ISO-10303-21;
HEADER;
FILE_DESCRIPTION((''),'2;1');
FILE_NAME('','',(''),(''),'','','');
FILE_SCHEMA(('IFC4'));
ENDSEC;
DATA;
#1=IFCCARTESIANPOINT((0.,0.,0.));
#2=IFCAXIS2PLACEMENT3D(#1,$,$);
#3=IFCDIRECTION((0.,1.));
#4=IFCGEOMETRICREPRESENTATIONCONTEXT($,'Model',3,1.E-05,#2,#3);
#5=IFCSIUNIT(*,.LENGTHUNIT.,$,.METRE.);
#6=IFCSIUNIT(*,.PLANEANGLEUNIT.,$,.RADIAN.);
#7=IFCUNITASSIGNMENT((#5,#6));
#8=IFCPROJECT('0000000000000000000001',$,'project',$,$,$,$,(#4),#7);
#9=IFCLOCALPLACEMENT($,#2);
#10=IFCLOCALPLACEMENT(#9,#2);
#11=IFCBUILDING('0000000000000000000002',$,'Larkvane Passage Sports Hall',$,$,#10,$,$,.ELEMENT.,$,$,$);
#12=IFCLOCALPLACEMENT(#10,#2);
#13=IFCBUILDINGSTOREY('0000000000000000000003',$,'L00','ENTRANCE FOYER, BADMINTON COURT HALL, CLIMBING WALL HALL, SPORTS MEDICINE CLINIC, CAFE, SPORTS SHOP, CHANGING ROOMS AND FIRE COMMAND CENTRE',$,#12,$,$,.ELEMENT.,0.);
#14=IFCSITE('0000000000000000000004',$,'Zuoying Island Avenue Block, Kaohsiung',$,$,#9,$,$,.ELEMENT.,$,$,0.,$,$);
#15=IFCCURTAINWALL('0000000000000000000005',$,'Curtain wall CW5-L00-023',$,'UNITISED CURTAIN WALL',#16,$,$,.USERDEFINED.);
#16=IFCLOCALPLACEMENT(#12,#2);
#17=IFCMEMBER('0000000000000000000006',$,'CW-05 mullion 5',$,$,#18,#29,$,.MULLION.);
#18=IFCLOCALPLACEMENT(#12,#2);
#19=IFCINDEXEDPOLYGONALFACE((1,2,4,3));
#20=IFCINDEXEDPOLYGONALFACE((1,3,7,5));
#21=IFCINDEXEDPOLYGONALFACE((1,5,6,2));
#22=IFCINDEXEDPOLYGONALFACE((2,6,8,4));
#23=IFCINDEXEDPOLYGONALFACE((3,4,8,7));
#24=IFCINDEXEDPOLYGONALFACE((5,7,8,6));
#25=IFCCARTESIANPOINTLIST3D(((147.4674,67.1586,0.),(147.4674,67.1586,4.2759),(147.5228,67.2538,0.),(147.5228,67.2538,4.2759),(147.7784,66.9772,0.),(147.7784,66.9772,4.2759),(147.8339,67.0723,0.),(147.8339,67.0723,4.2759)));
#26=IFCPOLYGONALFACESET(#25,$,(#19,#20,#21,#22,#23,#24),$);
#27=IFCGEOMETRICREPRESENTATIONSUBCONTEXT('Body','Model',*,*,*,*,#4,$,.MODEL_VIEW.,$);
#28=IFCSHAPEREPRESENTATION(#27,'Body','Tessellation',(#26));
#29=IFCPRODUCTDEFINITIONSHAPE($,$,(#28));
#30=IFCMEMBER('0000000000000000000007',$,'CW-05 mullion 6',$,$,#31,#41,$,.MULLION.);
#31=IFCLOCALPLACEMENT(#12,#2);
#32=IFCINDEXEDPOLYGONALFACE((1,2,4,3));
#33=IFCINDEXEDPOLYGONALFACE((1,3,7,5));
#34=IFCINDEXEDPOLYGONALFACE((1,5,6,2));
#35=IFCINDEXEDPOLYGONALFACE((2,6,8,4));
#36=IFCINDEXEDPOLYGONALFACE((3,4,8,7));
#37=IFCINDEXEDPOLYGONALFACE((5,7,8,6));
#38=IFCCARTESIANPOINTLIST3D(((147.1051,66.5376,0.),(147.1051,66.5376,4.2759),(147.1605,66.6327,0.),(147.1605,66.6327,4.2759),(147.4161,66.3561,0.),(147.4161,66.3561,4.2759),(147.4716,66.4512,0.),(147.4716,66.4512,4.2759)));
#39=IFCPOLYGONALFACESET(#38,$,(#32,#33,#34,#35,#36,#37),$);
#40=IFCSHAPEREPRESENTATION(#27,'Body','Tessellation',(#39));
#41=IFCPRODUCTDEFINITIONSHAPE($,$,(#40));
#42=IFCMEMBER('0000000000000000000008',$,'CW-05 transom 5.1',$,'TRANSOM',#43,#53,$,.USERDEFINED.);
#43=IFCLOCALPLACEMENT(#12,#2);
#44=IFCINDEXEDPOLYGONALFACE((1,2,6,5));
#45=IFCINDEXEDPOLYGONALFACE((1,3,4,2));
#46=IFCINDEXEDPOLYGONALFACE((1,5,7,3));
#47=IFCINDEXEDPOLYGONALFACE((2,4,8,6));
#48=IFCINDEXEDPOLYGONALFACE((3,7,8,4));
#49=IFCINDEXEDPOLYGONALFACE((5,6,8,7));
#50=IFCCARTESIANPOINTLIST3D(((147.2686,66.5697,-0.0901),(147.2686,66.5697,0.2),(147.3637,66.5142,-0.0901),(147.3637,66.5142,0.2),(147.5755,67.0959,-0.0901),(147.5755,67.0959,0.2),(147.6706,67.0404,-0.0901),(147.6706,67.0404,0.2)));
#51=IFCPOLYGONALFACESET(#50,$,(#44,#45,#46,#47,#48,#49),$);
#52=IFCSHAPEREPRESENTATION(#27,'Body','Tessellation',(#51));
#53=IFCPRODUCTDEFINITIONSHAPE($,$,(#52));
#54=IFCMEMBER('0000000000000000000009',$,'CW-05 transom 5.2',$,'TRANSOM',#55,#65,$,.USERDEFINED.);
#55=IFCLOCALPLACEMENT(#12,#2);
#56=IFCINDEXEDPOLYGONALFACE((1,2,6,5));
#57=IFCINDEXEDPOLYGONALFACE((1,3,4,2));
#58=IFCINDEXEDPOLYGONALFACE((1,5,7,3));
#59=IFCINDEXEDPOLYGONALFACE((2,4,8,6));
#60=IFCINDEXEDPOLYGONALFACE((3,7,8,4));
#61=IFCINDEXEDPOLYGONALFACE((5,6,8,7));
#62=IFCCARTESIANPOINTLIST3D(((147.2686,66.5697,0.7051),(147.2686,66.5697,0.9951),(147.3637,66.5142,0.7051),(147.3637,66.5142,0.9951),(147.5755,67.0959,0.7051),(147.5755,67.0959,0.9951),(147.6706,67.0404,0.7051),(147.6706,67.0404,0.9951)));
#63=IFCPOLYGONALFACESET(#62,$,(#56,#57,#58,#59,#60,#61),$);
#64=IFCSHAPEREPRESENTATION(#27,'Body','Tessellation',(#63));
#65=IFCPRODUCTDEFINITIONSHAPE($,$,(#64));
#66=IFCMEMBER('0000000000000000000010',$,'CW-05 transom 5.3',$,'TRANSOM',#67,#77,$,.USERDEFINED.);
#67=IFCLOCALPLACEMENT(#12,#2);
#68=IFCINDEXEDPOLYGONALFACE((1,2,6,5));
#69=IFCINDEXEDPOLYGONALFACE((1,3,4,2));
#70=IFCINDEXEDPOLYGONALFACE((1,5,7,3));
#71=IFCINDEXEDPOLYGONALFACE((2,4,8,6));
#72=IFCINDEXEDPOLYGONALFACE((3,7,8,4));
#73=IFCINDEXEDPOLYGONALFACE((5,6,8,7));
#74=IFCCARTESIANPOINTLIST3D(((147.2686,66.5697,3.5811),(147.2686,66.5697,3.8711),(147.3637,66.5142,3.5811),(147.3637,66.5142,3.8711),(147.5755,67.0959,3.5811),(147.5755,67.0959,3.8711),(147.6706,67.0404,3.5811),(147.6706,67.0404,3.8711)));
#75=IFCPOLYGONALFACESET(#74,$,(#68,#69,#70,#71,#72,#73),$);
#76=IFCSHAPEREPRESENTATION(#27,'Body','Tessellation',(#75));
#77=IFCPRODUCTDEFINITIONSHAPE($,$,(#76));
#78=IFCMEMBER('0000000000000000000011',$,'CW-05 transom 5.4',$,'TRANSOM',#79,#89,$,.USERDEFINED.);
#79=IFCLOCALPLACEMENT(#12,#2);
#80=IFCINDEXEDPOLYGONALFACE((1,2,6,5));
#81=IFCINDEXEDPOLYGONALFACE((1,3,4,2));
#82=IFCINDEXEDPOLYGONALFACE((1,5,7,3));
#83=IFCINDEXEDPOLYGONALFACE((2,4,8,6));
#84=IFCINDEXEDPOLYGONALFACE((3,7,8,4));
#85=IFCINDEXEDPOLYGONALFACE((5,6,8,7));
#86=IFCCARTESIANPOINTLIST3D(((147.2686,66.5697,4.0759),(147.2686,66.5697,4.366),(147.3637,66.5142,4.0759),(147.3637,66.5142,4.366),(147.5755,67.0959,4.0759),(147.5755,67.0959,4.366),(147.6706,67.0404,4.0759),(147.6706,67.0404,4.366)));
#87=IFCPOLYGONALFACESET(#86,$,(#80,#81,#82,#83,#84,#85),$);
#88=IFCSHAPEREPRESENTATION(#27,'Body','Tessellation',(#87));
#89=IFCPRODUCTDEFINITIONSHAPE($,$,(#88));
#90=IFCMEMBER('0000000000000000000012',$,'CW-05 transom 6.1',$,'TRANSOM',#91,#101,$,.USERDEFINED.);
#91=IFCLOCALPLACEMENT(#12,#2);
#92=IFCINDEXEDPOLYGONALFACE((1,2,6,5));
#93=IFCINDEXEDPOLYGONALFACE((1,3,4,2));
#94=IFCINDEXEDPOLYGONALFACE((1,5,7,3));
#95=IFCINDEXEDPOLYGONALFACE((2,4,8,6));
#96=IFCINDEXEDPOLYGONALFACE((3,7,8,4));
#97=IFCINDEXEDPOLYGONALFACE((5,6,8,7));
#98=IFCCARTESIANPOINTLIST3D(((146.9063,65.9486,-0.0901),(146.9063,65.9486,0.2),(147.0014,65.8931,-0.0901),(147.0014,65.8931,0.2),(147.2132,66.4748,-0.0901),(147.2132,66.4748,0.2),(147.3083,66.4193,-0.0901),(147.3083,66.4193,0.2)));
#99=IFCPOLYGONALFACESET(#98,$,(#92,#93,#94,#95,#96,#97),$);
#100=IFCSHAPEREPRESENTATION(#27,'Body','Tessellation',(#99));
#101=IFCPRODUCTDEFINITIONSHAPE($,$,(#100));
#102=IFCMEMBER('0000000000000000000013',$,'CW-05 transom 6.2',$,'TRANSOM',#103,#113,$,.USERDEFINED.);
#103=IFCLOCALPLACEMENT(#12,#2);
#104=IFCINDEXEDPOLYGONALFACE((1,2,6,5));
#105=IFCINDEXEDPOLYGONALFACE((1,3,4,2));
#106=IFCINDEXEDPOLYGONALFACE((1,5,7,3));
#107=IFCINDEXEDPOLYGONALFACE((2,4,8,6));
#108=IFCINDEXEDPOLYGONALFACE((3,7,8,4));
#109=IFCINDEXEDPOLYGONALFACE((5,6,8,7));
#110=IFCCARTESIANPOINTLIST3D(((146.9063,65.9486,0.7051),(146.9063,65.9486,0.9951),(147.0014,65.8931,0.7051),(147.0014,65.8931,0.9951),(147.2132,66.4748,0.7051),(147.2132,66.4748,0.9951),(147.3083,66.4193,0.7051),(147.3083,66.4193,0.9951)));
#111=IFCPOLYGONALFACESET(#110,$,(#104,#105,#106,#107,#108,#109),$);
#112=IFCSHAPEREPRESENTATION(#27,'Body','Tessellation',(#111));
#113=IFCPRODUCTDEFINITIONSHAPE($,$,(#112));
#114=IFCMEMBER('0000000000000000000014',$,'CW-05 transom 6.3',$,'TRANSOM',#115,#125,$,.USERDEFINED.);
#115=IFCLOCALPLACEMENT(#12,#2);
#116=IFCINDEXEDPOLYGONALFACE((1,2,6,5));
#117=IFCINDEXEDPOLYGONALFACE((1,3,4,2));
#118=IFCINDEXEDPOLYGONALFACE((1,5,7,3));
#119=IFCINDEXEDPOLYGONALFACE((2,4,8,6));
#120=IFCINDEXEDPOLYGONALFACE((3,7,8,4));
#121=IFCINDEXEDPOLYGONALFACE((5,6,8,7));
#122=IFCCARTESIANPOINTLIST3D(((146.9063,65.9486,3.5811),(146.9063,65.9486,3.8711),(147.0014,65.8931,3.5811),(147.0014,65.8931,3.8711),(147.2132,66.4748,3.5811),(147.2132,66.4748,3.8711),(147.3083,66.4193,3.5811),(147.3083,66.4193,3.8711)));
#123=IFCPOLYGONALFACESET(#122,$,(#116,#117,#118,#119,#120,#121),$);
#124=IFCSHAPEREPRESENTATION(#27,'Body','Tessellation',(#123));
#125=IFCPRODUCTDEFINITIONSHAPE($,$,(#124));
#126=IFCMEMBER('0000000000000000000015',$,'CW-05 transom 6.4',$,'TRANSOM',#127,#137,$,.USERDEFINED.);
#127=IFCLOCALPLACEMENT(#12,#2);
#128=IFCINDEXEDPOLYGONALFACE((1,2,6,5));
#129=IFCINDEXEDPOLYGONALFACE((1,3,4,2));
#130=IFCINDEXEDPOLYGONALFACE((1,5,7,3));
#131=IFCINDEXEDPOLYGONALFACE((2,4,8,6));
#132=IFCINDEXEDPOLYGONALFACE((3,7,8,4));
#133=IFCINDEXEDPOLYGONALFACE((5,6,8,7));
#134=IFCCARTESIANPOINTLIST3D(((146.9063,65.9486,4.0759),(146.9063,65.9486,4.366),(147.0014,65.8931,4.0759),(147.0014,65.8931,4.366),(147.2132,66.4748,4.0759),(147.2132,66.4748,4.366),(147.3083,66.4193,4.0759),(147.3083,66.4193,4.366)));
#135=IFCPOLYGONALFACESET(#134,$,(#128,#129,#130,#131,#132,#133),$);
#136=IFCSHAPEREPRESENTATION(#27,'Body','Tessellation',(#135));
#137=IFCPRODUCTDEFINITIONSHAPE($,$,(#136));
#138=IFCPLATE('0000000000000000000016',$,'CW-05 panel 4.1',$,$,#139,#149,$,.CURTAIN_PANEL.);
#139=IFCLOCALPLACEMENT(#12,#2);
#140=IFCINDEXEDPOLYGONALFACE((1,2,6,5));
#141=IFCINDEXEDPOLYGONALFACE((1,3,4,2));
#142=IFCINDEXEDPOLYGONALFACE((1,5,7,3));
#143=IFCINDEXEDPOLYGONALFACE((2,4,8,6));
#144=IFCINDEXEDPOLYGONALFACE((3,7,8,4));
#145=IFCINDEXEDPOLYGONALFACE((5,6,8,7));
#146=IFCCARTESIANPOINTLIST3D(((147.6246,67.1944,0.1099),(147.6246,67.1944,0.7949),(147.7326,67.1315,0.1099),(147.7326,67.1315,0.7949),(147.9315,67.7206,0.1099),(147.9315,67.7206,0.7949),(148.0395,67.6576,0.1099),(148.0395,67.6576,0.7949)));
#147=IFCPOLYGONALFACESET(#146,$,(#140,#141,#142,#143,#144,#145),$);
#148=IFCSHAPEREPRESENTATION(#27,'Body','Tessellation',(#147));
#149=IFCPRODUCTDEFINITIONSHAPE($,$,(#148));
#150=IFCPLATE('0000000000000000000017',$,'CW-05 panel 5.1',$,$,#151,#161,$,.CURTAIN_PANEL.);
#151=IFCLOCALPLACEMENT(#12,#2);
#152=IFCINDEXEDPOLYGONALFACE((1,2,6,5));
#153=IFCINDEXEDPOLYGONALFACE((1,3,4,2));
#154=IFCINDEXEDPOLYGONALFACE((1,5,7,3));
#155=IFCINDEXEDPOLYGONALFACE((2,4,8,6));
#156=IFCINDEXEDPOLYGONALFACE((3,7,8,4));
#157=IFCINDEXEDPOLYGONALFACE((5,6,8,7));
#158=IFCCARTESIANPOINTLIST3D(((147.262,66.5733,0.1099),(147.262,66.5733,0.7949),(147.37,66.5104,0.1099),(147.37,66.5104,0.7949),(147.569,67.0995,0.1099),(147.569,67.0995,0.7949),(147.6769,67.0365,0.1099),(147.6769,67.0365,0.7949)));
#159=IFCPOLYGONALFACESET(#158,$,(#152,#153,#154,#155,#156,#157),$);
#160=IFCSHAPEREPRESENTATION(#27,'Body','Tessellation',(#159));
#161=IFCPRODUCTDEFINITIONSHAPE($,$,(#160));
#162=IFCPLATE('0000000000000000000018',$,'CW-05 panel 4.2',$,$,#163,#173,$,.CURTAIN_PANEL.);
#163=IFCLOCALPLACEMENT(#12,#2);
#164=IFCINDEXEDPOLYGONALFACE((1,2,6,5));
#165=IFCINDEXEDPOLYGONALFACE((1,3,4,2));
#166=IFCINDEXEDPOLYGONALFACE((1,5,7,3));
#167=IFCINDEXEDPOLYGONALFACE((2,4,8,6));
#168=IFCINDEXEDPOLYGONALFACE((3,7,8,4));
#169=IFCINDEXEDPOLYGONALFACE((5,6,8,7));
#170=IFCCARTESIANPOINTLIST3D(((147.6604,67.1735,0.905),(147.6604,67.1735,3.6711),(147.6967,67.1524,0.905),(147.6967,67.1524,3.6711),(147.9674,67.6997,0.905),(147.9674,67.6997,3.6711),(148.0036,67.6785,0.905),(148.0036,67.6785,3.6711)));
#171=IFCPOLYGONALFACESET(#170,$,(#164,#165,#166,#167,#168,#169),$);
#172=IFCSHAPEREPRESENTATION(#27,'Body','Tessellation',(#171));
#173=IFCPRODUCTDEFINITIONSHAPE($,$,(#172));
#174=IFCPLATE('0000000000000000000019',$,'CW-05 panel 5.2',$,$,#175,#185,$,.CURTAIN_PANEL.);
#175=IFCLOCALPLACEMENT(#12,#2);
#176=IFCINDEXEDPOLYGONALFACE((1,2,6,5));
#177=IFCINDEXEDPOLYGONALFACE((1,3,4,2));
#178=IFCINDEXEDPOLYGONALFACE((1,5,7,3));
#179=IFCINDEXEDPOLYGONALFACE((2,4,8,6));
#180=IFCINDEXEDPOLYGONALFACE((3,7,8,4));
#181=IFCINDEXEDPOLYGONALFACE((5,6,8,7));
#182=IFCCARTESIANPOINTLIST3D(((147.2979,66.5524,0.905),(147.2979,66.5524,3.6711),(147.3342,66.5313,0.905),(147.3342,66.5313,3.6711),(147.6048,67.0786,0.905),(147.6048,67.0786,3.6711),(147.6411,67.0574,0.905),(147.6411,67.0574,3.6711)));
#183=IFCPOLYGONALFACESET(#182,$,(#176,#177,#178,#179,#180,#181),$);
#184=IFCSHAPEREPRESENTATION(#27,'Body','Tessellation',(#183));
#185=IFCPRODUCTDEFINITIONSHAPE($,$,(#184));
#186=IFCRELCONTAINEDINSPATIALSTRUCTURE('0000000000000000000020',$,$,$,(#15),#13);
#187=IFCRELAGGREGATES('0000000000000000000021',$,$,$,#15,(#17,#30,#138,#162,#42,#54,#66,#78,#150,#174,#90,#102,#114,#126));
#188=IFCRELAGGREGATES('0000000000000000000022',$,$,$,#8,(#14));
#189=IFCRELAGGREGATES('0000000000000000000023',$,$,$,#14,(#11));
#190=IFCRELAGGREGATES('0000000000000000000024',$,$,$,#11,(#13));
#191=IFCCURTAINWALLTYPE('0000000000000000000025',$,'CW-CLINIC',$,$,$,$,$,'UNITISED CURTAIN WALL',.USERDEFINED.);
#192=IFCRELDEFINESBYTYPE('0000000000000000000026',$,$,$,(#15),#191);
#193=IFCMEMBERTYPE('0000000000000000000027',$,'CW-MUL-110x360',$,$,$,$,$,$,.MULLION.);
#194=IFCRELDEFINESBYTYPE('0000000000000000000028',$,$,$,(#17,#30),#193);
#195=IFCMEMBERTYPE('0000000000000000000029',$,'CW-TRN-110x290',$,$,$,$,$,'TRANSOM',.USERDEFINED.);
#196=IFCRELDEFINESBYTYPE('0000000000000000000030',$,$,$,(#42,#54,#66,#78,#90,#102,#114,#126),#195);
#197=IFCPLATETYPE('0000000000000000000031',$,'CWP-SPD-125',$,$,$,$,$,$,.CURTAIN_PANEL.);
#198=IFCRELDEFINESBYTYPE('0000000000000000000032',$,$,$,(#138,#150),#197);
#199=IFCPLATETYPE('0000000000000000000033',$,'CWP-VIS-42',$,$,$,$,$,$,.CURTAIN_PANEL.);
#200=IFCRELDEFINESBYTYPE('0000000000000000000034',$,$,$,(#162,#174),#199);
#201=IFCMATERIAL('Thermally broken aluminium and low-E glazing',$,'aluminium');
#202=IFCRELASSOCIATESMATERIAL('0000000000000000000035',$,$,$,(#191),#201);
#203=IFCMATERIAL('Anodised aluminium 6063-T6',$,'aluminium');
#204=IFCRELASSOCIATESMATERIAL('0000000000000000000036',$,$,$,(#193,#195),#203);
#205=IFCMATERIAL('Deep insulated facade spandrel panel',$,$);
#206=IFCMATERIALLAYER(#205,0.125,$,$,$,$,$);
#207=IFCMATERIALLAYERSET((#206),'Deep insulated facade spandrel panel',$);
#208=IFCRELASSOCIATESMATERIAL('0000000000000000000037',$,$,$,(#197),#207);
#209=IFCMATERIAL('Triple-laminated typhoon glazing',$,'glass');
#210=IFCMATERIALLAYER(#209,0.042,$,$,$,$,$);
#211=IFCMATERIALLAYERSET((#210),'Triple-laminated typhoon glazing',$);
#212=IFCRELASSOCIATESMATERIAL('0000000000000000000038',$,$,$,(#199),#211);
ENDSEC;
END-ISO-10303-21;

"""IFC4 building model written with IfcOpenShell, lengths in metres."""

from ifc_helpers import new_model, si_unit, direction, frame, origin, origin_2d, place, context, subcontext, project, spatial, rectangle, extrude, material, layer, layer_set, material_profile, profile_set, type_object, element, aggregate, save


model = new_model("IFC4")

# Units and contexts
model_context = context("Model", 3, precision=1e-05, world=origin(), true_north=direction((0.0, 1.0)))
body_context = subcontext(model_context, "Body", "Model", "MODEL_VIEW")
ifc_project = project(units=[si_unit("LENGTHUNIT", "METRE"), si_unit("PLANEANGLEUNIT", "RADIAN")], contexts=[model_context])

# Site, building, storey
site_placement = place(None, origin())
site = spatial("IfcSite", under=ifc_project, at=site_placement, Name="Zuoying Island Avenue Block, Kaohsiung", CompositionType="ELEMENT", RefElevation=0.0)
building_placement = place(site_placement, origin())
building = spatial("IfcBuilding", under=site, at=building_placement, Name="Larkvane Passage Sports Hall", CompositionType="ELEMENT")
storey_placement = place(building_placement, origin())
storey = spatial("IfcBuildingStorey", under=building, at=storey_placement, Name="L00", Description="ENTRANCE FOYER, BADMINTON COURT HALL, CLIMBING WALL HALL, SPORTS MEDICINE CLINIC, CAFE, SPORTS SHOP, CHANGING ROOMS AND FIRE COMMAND CENTRE", CompositionType="ELEMENT", Elevation=0.0)

# Curtain wall, members, plates
ifc_material_1 = material(Name="Thermally broken aluminium and low-E glazing", Category="aluminium")
curtain_wall_type = type_object("IfcCurtainWallType", Name="CW-CLINIC", ElementType="UNITISED CURTAIN WALL", PredefinedType="USERDEFINED", material=ifc_material_1)
curtain_wall_placement = place(storey_placement, origin())
curtain_wall = element("IfcCurtainWall", 1, at=curtain_wall_placement, inside=storey, type_object=curtain_wall_type, Name="Curtain wall CW5-L00-023", ObjectType="UNITISED CURTAIN WALL", PredefinedType="USERDEFINED")
ifc_material_2 = material(Name="Anodised aluminium 6063-T6", Category="aluminium")
ifc_material_profile_1 = material_profile(ifc_material_2, rectangle(XDim=0.1101, YDim=0.3601, at=origin_2d()), Name="ALU-MUL-110x360")
ifc_profile_set_1 = profile_set([ifc_material_profile_1], Name="Anodised aluminium 6063-T6")
member_type_1 = type_object("IfcMemberType", Name="CW-MUL-110x360", PredefinedType="MULLION", material=ifc_profile_set_1)
member_1_placement = place(storey_placement, frame((147.6506, 67.1155, 0.0), z_axis=(0.0, 0.0, 1.0), x_axis=(-0.503867, -0.863781, 0.0)))
member_1 = element("IfcMember", 2, at=member_1_placement, type_object=member_type_1, Name="CW-05 mullion 5", PredefinedType="MULLION", context=body_context, shape_type="SweptSolid", body=[
    extrude(rectangle(XDim=0.1101, YDim=0.3601, at=origin_2d()), origin(), (0.0, 0.0, 1.0), 4.2759),
])
member_2_placement = place(storey_placement, frame((147.2883, 66.4944, 0.0), z_axis=(0.0, 0.0, 1.0), x_axis=(-0.503867, -0.863781, 0.0)))
member_2 = element("IfcMember", 3, at=member_2_placement, type_object=member_type_1, Name="CW-05 mullion 6", PredefinedType="MULLION", context=body_context, shape_type="SweptSolid", body=[
    extrude(rectangle(XDim=0.1101, YDim=0.3601, at=origin_2d()), origin(), (0.0, 0.0, 1.0), 4.2759),
])
ifc_material_profile_2 = material_profile(ifc_material_2, rectangle(XDim=0.1101, YDim=0.29, at=origin_2d()), Name="ALU-TRN-110x290")
ifc_profile_set_2 = profile_set([ifc_material_profile_2], Name="Anodised aluminium 6063-T6")
member_type_2 = type_object("IfcMemberType", Name="CW-TRN-110x290", ElementType="TRANSOM", PredefinedType="USERDEFINED", material=ifc_profile_set_2)
member_3_placement = place(storey_placement, frame((147.623, 67.0681, 0.0549), z_axis=(-0.503846, -0.863793, 0.0), x_axis=(0.863793, -0.503846, 0.0)))
member_3 = element("IfcMember", 4, at=member_3_placement, type_object=member_type_2, Name="CW-05 transom 5.1", ObjectType="TRANSOM", PredefinedType="USERDEFINED", context=body_context, shape_type="SweptSolid", body=[
    extrude(rectangle(XDim=0.1101, YDim=0.29, at=origin_2d()), origin(), (0.0, 0.0, 1.0), 0.6091),
])
member_4_placement = place(storey_placement, frame((147.623, 67.0681, 0.8501), z_axis=(-0.503846, -0.863793, 0.0), x_axis=(0.863793, -0.503846, 0.0)))
member_4 = element("IfcMember", 5, at=member_4_placement, type_object=member_type_2, Name="CW-05 transom 5.2", ObjectType="TRANSOM", PredefinedType="USERDEFINED", context=body_context, shape_type="SweptSolid", body=[
    extrude(rectangle(XDim=0.1101, YDim=0.29, at=origin_2d()), origin(), (0.0, 0.0, 1.0), 0.6091),
])
member_5_placement = place(storey_placement, frame((147.623, 67.0681, 3.7261), z_axis=(-0.503846, -0.863793, 0.0), x_axis=(0.863793, -0.503846, 0.0)))
member_5 = element("IfcMember", 6, at=member_5_placement, type_object=member_type_2, Name="CW-05 transom 5.3", ObjectType="TRANSOM", PredefinedType="USERDEFINED", context=body_context, shape_type="SweptSolid", body=[
    extrude(rectangle(XDim=0.1101, YDim=0.29, at=origin_2d()), origin(), (0.0, 0.0, 1.0), 0.6091),
])
member_6_placement = place(storey_placement, frame((147.623, 67.0681, 4.2209), z_axis=(-0.503846, -0.863793, 0.0), x_axis=(0.863793, -0.503846, 0.0)))
member_6 = element("IfcMember", 7, at=member_6_placement, type_object=member_type_2, Name="CW-05 transom 5.4", ObjectType="TRANSOM", PredefinedType="USERDEFINED", context=body_context, shape_type="SweptSolid", body=[
    extrude(rectangle(XDim=0.1101, YDim=0.29, at=origin_2d()), origin(), (0.0, 0.0, 1.0), 0.6091),
])
member_7_placement = place(storey_placement, frame((147.2607, 66.447, 0.0549), z_axis=(-0.503846, -0.863793, 0.0), x_axis=(0.863793, -0.503846, 0.0)))
member_7 = element("IfcMember", 8, at=member_7_placement, type_object=member_type_2, Name="CW-05 transom 6.1", ObjectType="TRANSOM", PredefinedType="USERDEFINED", context=body_context, shape_type="SweptSolid", body=[
    extrude(rectangle(XDim=0.1101, YDim=0.29, at=origin_2d()), origin(), (0.0, 0.0, 1.0), 0.6091),
])
member_8_placement = place(storey_placement, frame((147.2607, 66.447, 0.8501), z_axis=(-0.503846, -0.863793, 0.0), x_axis=(0.863793, -0.503846, 0.0)))
member_8 = element("IfcMember", 9, at=member_8_placement, type_object=member_type_2, Name="CW-05 transom 6.2", ObjectType="TRANSOM", PredefinedType="USERDEFINED", context=body_context, shape_type="SweptSolid", body=[
    extrude(rectangle(XDim=0.1101, YDim=0.29, at=origin_2d()), origin(), (0.0, 0.0, 1.0), 0.6091),
])
member_9_placement = place(storey_placement, frame((147.2607, 66.447, 3.7261), z_axis=(-0.503846, -0.863793, 0.0), x_axis=(0.863793, -0.503846, 0.0)))
member_9 = element("IfcMember", 10, at=member_9_placement, type_object=member_type_2, Name="CW-05 transom 6.3", ObjectType="TRANSOM", PredefinedType="USERDEFINED", context=body_context, shape_type="SweptSolid", body=[
    extrude(rectangle(XDim=0.1101, YDim=0.29, at=origin_2d()), origin(), (0.0, 0.0, 1.0), 0.6091),
])
member_10_placement = place(storey_placement, frame((147.2607, 66.447, 4.2209), z_axis=(-0.503846, -0.863793, 0.0), x_axis=(0.863793, -0.503846, 0.0)))
member_10 = element("IfcMember", 11, at=member_10_placement, type_object=member_type_2, Name="CW-05 transom 6.4", ObjectType="TRANSOM", PredefinedType="USERDEFINED", context=body_context, shape_type="SweptSolid", body=[
    extrude(rectangle(XDim=0.1101, YDim=0.29, at=origin_2d()), origin(), (0.0, 0.0, 1.0), 0.6091),
])
ifc_material_3 = material(Name="Deep insulated facade spandrel panel")
ifc_layer_1 = layer(ifc_material_3, 0.125)
ifc_layer_set_1 = layer_set([ifc_layer_1], Name="Deep insulated facade spandrel panel")
plate_type_1 = type_object("IfcPlateType", Name="CWP-SPD-125", PredefinedType="CURTAIN_PANEL", material=ifc_layer_set_1)
plate_1_placement = place(storey_placement, frame((147.832, 67.426, 0.1099), z_axis=(0.0, 0.0, 1.0), x_axis=(-0.503867, -0.863781, 0.0)))
plate_1 = element("IfcPlate", 12, at=plate_1_placement, type_object=plate_type_1, Name="CW-05 panel 4.1", PredefinedType="CURTAIN_PANEL", context=body_context, shape_type="SweptSolid", body=[
    extrude(rectangle(XDim=0.6091, YDim=0.125, at=origin_2d()), origin(), (0.0, 0.0, 1.0), 0.6851),
])
plate_2_placement = place(storey_placement, frame((147.4695, 66.8049, 0.1099), z_axis=(0.0, 0.0, 1.0), x_axis=(-0.503867, -0.863781, 0.0)))
plate_2 = element("IfcPlate", 13, at=plate_2_placement, type_object=plate_type_1, Name="CW-05 panel 5.1", PredefinedType="CURTAIN_PANEL", context=body_context, shape_type="SweptSolid", body=[
    extrude(rectangle(XDim=0.6091, YDim=0.125, at=origin_2d()), origin(), (0.0, 0.0, 1.0), 0.6851),
])
ifc_material_4 = material(Name="Triple-laminated typhoon glazing", Category="glass")
ifc_layer_2 = layer(ifc_material_4, 0.042)
ifc_layer_set_2 = layer_set([ifc_layer_2], Name="Triple-laminated typhoon glazing")
plate_type_2 = type_object("IfcPlateType", Name="CWP-VIS-42", PredefinedType="CURTAIN_PANEL", material=ifc_layer_set_2)
plate_3_placement = place(storey_placement, frame((147.832, 67.426, 0.905), z_axis=(0.0, 0.0, 1.0), x_axis=(-0.503867, -0.863781, 0.0)))
plate_3 = element("IfcPlate", 14, at=plate_3_placement, type_object=plate_type_2, Name="CW-05 panel 4.2", PredefinedType="CURTAIN_PANEL", context=body_context, shape_type="SweptSolid", body=[
    extrude(rectangle(XDim=0.6091, YDim=0.042, at=origin_2d()), origin(), (0.0, 0.0, 1.0), 2.7661),
])
plate_4_placement = place(storey_placement, frame((147.4695, 66.8049, 0.905), z_axis=(0.0, 0.0, 1.0), x_axis=(-0.503867, -0.863781, 0.0)))
plate_4 = element("IfcPlate", 15, at=plate_4_placement, type_object=plate_type_2, Name="CW-05 panel 5.2", PredefinedType="CURTAIN_PANEL", context=body_context, shape_type="SweptSolid", body=[
    extrude(rectangle(XDim=0.6091, YDim=0.042, at=origin_2d()), origin(), (0.0, 0.0, 1.0), 2.7661),
])
aggregate(curtain_wall, [member_1, member_2, plate_1, plate_3, member_3, member_4, member_5, member_6, plate_2, plate_4, member_7, member_8, member_9, member_10])

save(model, "model.ifc")
